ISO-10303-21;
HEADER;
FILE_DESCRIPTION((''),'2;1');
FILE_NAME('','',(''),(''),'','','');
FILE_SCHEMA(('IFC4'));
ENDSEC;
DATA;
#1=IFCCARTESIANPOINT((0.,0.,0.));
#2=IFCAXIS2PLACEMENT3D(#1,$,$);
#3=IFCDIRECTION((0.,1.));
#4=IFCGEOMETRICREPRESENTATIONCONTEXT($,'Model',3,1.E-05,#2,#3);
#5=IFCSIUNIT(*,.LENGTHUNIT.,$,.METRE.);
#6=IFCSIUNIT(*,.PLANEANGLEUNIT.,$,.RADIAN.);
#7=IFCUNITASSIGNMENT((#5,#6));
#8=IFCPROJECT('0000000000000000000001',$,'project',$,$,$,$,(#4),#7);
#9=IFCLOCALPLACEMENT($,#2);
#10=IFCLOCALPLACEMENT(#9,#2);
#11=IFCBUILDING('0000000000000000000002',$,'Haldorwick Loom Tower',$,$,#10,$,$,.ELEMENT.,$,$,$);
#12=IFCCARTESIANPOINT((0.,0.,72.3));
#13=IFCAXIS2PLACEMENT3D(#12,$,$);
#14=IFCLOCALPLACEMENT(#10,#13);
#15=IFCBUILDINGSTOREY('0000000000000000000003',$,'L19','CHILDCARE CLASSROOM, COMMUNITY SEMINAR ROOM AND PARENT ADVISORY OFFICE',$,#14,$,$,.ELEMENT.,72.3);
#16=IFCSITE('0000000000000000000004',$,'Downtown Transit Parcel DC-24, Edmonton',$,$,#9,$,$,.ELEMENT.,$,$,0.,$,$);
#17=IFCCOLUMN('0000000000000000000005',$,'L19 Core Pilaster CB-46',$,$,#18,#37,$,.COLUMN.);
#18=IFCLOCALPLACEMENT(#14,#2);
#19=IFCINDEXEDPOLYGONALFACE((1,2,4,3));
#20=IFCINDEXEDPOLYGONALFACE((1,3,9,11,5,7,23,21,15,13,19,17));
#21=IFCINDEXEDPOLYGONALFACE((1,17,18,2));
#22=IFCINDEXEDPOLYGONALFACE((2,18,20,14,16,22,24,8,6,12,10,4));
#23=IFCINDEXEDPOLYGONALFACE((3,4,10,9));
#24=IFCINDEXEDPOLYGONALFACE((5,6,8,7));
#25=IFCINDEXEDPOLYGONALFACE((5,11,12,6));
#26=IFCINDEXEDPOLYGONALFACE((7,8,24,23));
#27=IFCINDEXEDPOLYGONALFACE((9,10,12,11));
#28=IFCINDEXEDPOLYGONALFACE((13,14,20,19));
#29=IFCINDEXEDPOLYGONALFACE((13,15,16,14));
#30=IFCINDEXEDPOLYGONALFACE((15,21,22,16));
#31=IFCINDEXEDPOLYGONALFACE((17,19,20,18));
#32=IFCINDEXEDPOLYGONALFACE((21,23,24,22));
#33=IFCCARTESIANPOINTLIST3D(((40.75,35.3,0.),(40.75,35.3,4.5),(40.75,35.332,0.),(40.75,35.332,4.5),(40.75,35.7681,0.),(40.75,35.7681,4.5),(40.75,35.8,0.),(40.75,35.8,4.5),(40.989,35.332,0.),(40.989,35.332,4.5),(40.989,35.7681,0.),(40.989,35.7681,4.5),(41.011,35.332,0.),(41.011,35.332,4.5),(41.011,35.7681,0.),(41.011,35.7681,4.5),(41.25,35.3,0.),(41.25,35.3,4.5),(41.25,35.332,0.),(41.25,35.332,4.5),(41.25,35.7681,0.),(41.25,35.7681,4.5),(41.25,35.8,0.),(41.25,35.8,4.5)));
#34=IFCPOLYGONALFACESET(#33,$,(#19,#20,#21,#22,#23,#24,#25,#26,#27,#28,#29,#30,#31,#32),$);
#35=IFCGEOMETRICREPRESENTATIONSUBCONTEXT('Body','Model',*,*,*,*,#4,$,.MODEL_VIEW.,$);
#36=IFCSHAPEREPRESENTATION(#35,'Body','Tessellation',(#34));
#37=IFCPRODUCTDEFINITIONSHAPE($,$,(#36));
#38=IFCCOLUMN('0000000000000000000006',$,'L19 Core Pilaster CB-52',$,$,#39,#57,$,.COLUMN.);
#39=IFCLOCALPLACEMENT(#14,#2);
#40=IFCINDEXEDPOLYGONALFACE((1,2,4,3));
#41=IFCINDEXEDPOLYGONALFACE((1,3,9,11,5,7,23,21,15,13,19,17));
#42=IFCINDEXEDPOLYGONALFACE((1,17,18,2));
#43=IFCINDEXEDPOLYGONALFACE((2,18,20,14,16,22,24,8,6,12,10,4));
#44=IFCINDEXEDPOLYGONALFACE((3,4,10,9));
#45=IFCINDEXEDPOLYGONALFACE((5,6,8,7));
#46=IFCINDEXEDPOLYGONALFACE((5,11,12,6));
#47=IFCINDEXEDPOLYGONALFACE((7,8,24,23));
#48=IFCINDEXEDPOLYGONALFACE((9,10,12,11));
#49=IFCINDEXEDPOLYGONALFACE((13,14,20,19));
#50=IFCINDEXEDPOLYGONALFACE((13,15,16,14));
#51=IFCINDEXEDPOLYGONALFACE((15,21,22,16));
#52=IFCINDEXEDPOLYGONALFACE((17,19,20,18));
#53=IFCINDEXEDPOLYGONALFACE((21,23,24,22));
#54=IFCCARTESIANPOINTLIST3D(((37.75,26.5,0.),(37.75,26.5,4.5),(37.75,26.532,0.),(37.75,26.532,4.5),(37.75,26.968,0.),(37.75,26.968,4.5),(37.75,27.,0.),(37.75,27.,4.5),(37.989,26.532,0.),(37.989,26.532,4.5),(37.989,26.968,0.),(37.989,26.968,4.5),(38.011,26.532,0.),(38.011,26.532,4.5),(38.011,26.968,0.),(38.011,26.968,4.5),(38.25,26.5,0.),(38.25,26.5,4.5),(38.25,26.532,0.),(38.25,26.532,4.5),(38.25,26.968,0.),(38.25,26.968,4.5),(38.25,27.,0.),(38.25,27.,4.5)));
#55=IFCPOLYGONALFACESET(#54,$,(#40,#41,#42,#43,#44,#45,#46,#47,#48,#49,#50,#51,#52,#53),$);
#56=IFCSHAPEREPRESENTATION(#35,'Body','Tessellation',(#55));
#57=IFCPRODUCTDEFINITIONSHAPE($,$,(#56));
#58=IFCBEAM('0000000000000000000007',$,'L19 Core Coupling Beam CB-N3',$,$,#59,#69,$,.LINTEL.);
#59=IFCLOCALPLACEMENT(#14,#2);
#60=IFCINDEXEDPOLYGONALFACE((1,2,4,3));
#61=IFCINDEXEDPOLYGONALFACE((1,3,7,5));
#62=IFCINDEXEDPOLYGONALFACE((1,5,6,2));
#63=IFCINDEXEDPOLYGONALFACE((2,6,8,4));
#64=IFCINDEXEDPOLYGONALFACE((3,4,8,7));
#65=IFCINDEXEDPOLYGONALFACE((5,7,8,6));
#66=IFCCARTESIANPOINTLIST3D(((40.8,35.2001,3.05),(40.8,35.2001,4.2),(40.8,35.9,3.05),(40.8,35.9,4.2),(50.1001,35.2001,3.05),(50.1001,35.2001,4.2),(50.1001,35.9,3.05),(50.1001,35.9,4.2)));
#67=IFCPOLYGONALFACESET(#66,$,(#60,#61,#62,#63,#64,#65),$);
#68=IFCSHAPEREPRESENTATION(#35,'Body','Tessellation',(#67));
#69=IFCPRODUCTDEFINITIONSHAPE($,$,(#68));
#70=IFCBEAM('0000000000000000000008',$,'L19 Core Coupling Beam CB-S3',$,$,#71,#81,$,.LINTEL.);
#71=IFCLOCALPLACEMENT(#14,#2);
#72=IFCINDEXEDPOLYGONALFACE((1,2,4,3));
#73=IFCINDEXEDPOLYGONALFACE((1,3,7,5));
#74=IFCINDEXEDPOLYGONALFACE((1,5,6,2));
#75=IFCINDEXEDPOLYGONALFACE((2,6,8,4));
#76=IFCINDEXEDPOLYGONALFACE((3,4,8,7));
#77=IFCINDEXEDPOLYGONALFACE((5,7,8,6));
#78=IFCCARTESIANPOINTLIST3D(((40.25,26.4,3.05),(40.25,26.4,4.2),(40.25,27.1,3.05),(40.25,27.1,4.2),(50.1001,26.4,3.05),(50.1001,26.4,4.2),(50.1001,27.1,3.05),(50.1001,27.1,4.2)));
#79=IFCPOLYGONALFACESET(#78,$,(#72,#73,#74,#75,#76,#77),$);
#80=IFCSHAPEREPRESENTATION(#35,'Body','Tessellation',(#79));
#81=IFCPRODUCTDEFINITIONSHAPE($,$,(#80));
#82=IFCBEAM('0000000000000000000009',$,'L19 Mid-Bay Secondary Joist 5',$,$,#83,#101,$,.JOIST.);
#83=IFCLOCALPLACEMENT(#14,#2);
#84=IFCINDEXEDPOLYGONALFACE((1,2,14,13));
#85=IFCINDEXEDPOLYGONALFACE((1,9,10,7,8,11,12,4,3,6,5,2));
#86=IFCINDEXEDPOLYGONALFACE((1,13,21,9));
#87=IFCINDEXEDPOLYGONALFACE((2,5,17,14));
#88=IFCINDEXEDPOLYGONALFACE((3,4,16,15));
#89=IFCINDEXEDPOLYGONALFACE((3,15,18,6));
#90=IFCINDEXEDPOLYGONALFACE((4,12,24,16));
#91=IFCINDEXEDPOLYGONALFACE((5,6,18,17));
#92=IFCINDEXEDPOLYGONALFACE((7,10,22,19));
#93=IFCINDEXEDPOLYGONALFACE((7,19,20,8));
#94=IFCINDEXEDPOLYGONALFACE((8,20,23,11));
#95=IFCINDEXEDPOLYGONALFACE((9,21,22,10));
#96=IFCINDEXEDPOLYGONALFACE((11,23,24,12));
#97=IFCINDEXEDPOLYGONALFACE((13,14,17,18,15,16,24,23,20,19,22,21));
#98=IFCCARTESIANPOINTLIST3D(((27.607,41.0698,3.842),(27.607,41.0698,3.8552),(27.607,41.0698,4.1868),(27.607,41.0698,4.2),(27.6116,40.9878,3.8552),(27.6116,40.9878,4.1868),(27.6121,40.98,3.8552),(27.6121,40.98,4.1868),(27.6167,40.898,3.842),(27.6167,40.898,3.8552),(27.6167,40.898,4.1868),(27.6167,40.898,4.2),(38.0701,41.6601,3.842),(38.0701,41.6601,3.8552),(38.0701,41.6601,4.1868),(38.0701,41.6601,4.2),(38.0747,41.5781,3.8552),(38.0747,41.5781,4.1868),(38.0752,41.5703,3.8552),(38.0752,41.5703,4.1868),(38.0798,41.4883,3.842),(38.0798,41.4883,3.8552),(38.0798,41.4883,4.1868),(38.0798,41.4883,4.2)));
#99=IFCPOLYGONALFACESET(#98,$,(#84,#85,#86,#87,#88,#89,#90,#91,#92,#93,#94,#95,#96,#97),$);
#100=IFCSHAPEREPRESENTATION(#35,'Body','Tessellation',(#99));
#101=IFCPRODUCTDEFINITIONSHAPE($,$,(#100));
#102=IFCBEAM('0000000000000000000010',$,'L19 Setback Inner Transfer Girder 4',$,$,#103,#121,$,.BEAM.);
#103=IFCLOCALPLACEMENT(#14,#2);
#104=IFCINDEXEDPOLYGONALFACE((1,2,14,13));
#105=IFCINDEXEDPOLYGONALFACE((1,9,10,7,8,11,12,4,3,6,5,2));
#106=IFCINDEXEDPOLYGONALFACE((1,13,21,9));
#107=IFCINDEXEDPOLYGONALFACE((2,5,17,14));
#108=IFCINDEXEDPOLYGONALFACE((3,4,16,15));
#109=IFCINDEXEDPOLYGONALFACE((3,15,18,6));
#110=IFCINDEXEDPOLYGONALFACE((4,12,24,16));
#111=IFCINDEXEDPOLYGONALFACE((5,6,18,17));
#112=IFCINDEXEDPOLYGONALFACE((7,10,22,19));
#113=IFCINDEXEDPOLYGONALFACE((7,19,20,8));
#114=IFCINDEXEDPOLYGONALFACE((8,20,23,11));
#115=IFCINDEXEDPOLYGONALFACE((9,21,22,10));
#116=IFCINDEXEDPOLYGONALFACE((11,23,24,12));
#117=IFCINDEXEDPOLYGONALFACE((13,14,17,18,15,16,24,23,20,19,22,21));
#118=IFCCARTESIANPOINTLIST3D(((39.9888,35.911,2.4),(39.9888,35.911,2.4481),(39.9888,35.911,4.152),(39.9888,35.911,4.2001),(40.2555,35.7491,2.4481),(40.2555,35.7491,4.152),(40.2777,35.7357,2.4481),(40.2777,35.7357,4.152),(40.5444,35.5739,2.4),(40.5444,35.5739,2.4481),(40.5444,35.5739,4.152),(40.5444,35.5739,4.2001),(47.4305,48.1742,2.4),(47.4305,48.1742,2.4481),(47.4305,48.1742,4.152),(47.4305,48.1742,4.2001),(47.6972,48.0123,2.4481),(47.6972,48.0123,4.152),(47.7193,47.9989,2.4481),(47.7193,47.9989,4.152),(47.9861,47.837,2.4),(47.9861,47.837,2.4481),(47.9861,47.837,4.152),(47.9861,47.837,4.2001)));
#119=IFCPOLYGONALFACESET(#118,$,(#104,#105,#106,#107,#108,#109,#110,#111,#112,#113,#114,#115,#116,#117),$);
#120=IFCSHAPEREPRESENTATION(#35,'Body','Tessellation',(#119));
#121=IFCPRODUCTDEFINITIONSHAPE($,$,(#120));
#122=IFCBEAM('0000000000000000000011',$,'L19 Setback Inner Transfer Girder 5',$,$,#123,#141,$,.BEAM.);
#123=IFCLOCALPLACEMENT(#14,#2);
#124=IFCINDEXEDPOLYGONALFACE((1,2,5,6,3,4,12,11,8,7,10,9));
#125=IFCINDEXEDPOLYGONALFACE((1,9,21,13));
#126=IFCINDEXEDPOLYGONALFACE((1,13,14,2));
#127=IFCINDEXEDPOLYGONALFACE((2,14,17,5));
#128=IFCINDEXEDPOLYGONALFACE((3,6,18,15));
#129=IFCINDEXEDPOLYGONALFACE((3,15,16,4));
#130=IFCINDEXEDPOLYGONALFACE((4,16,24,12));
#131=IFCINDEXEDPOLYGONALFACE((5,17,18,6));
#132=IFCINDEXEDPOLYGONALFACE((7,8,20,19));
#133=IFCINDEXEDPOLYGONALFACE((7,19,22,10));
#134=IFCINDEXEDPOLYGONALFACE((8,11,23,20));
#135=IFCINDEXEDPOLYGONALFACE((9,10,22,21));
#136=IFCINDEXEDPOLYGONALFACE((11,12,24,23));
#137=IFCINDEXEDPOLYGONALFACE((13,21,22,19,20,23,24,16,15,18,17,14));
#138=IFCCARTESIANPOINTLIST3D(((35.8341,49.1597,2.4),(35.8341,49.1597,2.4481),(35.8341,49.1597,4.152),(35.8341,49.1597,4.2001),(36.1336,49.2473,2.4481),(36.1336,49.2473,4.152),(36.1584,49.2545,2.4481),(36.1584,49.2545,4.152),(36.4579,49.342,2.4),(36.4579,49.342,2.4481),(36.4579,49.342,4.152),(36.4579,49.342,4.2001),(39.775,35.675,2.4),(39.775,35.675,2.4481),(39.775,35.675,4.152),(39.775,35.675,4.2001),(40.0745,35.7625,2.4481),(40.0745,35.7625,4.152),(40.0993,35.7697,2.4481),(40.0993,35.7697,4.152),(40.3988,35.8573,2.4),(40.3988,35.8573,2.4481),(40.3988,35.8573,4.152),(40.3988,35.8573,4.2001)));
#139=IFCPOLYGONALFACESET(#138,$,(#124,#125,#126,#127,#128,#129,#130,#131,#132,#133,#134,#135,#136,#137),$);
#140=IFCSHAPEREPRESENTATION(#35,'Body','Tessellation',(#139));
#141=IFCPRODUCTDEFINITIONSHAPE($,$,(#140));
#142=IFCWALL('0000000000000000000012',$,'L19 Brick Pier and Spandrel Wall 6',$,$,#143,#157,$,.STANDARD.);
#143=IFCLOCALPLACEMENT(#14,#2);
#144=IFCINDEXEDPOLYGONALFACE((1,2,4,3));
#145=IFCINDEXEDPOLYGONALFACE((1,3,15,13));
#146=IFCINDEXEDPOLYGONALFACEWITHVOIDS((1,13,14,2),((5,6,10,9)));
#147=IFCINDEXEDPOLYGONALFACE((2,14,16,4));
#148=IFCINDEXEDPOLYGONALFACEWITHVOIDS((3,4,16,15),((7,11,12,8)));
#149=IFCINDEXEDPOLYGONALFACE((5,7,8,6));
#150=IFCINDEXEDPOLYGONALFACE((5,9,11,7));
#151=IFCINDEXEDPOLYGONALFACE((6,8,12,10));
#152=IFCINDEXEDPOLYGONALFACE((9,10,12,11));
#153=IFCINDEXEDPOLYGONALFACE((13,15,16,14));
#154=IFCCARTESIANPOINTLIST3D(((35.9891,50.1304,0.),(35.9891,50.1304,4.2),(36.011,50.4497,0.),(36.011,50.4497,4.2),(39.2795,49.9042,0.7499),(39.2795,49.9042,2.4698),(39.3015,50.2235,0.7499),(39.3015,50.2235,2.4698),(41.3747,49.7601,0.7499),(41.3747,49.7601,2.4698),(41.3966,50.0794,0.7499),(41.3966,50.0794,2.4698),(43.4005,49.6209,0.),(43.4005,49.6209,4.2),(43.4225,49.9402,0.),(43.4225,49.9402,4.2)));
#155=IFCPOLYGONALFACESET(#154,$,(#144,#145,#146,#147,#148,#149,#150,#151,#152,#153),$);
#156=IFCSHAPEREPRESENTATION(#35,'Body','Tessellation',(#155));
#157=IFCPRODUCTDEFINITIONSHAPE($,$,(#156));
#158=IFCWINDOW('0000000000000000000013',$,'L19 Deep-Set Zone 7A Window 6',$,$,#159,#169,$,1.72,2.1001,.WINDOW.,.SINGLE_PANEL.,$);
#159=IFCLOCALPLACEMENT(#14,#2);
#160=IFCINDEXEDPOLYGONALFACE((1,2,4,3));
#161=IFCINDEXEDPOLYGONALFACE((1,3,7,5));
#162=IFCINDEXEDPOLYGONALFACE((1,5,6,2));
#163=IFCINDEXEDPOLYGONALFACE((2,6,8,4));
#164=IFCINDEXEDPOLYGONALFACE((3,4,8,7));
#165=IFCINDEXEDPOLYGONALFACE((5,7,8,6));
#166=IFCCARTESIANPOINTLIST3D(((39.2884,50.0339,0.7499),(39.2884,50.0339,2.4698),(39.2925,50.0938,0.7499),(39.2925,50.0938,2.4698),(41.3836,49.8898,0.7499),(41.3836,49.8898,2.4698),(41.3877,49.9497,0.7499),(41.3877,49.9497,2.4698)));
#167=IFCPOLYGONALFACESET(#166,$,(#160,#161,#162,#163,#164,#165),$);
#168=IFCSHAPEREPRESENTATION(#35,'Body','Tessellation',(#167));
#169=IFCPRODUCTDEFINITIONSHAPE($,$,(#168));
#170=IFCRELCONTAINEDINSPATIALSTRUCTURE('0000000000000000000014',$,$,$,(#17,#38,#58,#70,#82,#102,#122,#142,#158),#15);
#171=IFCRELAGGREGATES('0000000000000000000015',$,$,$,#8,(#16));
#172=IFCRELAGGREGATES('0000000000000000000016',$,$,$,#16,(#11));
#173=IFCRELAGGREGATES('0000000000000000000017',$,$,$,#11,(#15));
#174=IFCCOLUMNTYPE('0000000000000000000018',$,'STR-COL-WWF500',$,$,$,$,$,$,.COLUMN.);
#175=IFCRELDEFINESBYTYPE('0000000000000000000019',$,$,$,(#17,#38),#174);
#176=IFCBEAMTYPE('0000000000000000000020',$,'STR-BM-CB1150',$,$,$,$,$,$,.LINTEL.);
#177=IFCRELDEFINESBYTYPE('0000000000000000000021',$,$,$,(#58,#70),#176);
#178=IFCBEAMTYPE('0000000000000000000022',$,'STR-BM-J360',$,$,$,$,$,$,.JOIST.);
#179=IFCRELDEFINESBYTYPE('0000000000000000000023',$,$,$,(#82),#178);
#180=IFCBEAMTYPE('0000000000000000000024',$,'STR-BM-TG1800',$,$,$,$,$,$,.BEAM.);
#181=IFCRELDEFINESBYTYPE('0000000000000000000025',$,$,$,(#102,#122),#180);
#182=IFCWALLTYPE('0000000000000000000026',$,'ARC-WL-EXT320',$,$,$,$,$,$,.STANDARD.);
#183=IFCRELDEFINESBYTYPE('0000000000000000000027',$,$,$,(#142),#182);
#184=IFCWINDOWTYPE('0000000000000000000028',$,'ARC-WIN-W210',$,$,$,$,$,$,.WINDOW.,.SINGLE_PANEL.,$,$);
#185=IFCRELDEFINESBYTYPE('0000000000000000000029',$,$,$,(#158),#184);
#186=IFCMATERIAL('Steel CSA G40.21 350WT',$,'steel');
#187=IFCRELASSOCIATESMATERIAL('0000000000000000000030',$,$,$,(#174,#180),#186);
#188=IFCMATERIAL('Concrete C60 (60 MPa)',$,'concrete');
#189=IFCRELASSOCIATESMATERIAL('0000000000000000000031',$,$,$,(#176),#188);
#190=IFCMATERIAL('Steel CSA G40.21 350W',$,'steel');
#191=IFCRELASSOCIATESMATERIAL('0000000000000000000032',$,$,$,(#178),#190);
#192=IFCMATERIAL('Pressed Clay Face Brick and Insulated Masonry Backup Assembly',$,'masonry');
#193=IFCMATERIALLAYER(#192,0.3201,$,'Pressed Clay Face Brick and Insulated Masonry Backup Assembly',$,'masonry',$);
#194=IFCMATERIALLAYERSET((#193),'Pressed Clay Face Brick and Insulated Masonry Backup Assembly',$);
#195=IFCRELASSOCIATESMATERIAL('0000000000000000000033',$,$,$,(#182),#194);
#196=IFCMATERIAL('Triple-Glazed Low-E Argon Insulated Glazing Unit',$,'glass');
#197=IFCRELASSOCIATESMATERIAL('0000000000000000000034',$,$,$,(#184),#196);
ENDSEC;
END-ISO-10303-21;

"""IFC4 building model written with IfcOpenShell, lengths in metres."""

from ifc_helpers import new_model, si_unit, direction, frame, frame_2d, origin, origin_2d, place, context, subcontext, project, spatial, rectangle, i_section, extrude, material, layer, layer_set, material_profile, profile_set, type_object, element, fill, save


model = new_model("IFC4")

# Units and contexts
model_context = context("Model", 3, precision=1e-05, world=origin(), true_north=direction((0.0, 1.0)))
body_context = subcontext(model_context, "Body", "Model", "MODEL_VIEW")
ifc_project = project(units=[si_unit("LENGTHUNIT", "METRE"), si_unit("PLANEANGLEUNIT", "RADIAN")], contexts=[model_context])

# Site, building, storey
site_placement = place(None, origin())
site = spatial("IfcSite", under=ifc_project, at=site_placement, Name="Downtown Transit Parcel DC-24, Edmonton", CompositionType="ELEMENT", RefElevation=0.0)
building_placement = place(site_placement, origin())
building = spatial("IfcBuilding", under=site, at=building_placement, Name="Haldorwick Loom Tower", CompositionType="ELEMENT")
storey_placement = place(building_placement, frame((0.0, 0.0, 72.3)))
storey = spatial("IfcBuildingStorey", under=building, at=storey_placement, Name="L19", Description="CHILDCARE CLASSROOM, COMMUNITY SEMINAR ROOM AND PARENT ADVISORY OFFICE", CompositionType="ELEMENT", Elevation=72.3)

# Columns
ifc_material_1 = material(Name="Concrete C60 (60 MPa)", Category="concrete")
ifc_material_2 = material(Name="Steel CSA G40.21 350WT", Category="steel")
ifc_material_profile_1 = material_profile(ifc_material_2, i_section(OverallWidth=0.5, OverallDepth=0.5, WebThickness=0.022, FlangeThickness=0.032, at=origin_2d()), Name="WWF500X500", Category="steel")
ifc_profile_set_1 = profile_set([ifc_material_profile_1], Name="Steel CSA G40.21 350WT")
column_type_1 = type_object("IfcColumnType", Name="STR-COL-WWF500", PredefinedType="COLUMN", material=ifc_profile_set_1)
for number, where, z_axis, x_axis, name in (
    (1, (41.0, 35.55, 0.0), (0.0, 0.0, 1.0), (1.0, 0.0, 0.0), "L19 Core Pilaster CB-46"),
    (2, (38.0, 26.75, 0.0), (0.0, 0.0, 1.0), (1.0, 0.0, 0.0), "L19 Core Pilaster CB-52"),
):
    element("IfcColumn", number, at=place(storey_placement, frame(where, z_axis=z_axis, x_axis=x_axis)), inside=storey, type_object=column_type_1, Name=name, PredefinedType="COLUMN", context=body_context, shape_type="SweptSolid", body=[
        extrude(i_section(OverallWidth=0.5, OverallDepth=0.5, WebThickness=0.022, FlangeThickness=0.032, at=origin_2d()), origin(), (0.0, 0.0, 1.0), 4.5),
    ])

# Beams
ifc_material_profile_2 = material_profile(ifc_material_1, rectangle(XDim=0.7, YDim=1.1499, at=origin_2d()), Name="RC700X1150", Category="concrete")
ifc_profile_set_2 = profile_set([ifc_material_profile_2], Name="Concrete C60 (60 MPa)")
beam_type_1 = type_object("IfcBeamType", Name="STR-BM-CB1150", PredefinedType="LINTEL", material=ifc_profile_set_2)
beam_1_placement = place(storey_placement, frame((40.8, 35.55, 3.625), z_axis=(1.0, 0.0, 0.0), x_axis=(0.0, 1.0, 0.0)))
element("IfcBeam", 3, at=beam_1_placement, inside=storey, type_object=beam_type_1, Name="L19 Core Coupling Beam CB-N3", PredefinedType="LINTEL", context=body_context, shape_type="SweptSolid", body=[
    extrude(rectangle(XDim=0.7, YDim=1.1499, at=origin_2d()), origin(), (0.0, 0.0, 1.0), 9.3),
])
beam_2_placement = place(storey_placement, frame((40.25, 26.75, 3.625), z_axis=(1.0, 0.0, 0.0), x_axis=(0.0, 1.0, 0.0)))
element("IfcBeam", 4, at=beam_2_placement, inside=storey, type_object=beam_type_1, Name="L19 Core Coupling Beam CB-S3", PredefinedType="LINTEL", context=body_context, shape_type="SweptSolid", body=[
    extrude(rectangle(XDim=0.7, YDim=1.1499, at=origin_2d()), origin(), (0.0, 0.0, 1.0), 9.8501),
])
ifc_material_3 = material(Name="Steel CSA G40.21 350W", Category="steel")
ifc_material_profile_3 = material_profile(ifc_material_3, i_section(OverallWidth=0.1721, OverallDepth=0.3579, WebThickness=0.0078, FlangeThickness=0.0132, at=origin_2d()), Name="W360X57", Category="steel")
ifc_profile_set_3 = profile_set([ifc_material_profile_3], Name="Steel CSA G40.21 350W")
beam_type_2 = type_object("IfcBeamType", Name="STR-BM-J360", PredefinedType="JOIST", material=ifc_profile_set_3)
beam_3_placement = place(storey_placement, frame((38.075, 41.5742, 4.021), z_axis=(-0.998412, -0.056331, 0.0), x_axis=(0.056331, -0.998412, 0.0)))
element("IfcBeam", 5, at=beam_3_placement, inside=storey, type_object=beam_type_2, Name="L19 Mid-Bay Secondary Joist 5", PredefinedType="JOIST", context=body_context, shape_type="SweptSolid", body=[
    extrude(i_section(OverallWidth=0.1721, OverallDepth=0.3579, WebThickness=0.0078, FlangeThickness=0.0132, at=origin_2d()), origin(), (0.0, 0.0, 1.0), 10.4797),
])
ifc_material_profile_4 = material_profile(ifc_material_2, i_section(OverallWidth=0.6499, OverallDepth=1.8, WebThickness=0.0259, FlangeThickness=0.0481, at=origin_2d()), Name="WWF1800X650", Category="steel")
ifc_profile_set_4 = profile_set([ifc_material_profile_4], Name="Steel CSA G40.21 350WT")
beam_type_3 = type_object("IfcBeamType", Name="STR-BM-TG1800", PredefinedType="BEAM", material=ifc_profile_set_4)
beam_4_placement = place(storey_placement, frame((40.2666, 35.7424, 3.3), z_axis=(0.518782, 0.854907, 0.0), x_axis=(-0.854907, 0.518782, 0.0)))
element("IfcBeam", 6, at=beam_4_placement, inside=storey, type_object=beam_type_3, Name="L19 Setback Inner Transfer Girder 4", PredefinedType="BEAM", context=body_context, shape_type="SweptSolid", body=[
    extrude(i_section(OverallWidth=0.6499, OverallDepth=1.8, WebThickness=0.0259, FlangeThickness=0.0481, at=origin_2d()), origin(), (0.0, 0.0, 1.0), 14.3445),
])
beam_5_placement = place(storey_placement, frame((40.0869, 35.7661, 3.3), z_axis=(-0.280514, 0.95985, 0.0), x_axis=(-0.95985, -0.280514, 0.0)))
element("IfcBeam", 7, at=beam_5_placement, inside=storey, type_object=beam_type_3, Name="L19 Setback Inner Transfer Girder 5", PredefinedType="BEAM", context=body_context, shape_type="SweptSolid", body=[
    extrude(i_section(OverallWidth=0.6499, OverallDepth=1.8, WebThickness=0.0259, FlangeThickness=0.0481, at=origin_2d()), origin(), (0.0, 0.0, 1.0), 14.0488),
])

# Wall, opening, window
ifc_material_4 = material(Name="Pressed Clay Face Brick and Insulated Masonry Backup Assembly", Category="masonry")
ifc_layer_1 = layer(ifc_material_4, 0.3201, Name="Pressed Clay Face Brick and Insulated Masonry Backup Assembly", Category="masonry")
ifc_layer_set_1 = layer_set([ifc_layer_1], Name="Pressed Clay Face Brick and Insulated Masonry Backup Assembly")
wall_type_1 = type_object("IfcWallType", Name="ARC-WL-EXT320", PredefinedType="STANDARD", material=ifc_layer_set_1)
wall_1_placement = place(storey_placement, frame((43.4114, 49.7805, 0.0), z_axis=(0.0, 0.0, 1.0), x_axis=(-0.997645, 0.068587, 0.0)))
wall_1 = element("IfcWall", 8, at=wall_1_placement, inside=storey, type_object=wall_type_1, Name="L19 Brick Pier and Spandrel Wall 6", PredefinedType="STANDARD", context=body_context, shape_type="SweptSolid", body=[
    extrude(rectangle(XDim=7.429, YDim=0.3201, at=frame_2d((3.7144, 0.0))), origin(), (0.0, 0.0, 1.0), 4.2),
])
opening_1_placement = place(wall_1_placement, frame((2.0305, 0.0, 0.75)))
opening_1 = element("IfcOpeningElement", 9, at=opening_1_placement, cuts=wall_1, PredefinedType="OPENING", context=body_context, shape_type="SweptSolid", body=[
    extrude(rectangle(XDim=2.1001, YDim=1.72, at=frame_2d((1.05, 0.8599))), frame((0.0, 0.1699, 0.0), z_axis=(0.0, -1.0, 0.0), x_axis=(1.0, 0.0, 0.0)), (0.0, 0.0, 1.0), 0.3401),
])
ifc_material_5 = material(Name="Triple-Glazed Low-E Argon Insulated Glazing Unit", Category="glass")
window_type = type_object("IfcWindowType", Name="ARC-WIN-W210", PartitioningType="SINGLE_PANEL", PredefinedType="WINDOW", material=ifc_material_5)
window_1_placement = place(opening_1_placement, origin())
window_1 = element("IfcWindow", 10, at=window_1_placement, inside=storey, type_object=window_type, Name="L19 Deep-Set Zone 7A Window 6", OverallHeight=1.72, OverallWidth=2.1001, PartitioningType="SINGLE_PANEL", PredefinedType="WINDOW", context=body_context, shape_type="SweptSolid", body=[
    extrude(rectangle(XDim=2.1001, YDim=1.72, at=frame_2d((1.05, 0.8599))), frame((0.0, 0.03, 0.0), z_axis=(0.0, -1.0, 0.0), x_axis=(1.0, 0.0, 0.0)), (0.0, 0.0, 1.0), 0.0601),
])
fill(opening_1, window_1)

save(model, "model.ifc")
